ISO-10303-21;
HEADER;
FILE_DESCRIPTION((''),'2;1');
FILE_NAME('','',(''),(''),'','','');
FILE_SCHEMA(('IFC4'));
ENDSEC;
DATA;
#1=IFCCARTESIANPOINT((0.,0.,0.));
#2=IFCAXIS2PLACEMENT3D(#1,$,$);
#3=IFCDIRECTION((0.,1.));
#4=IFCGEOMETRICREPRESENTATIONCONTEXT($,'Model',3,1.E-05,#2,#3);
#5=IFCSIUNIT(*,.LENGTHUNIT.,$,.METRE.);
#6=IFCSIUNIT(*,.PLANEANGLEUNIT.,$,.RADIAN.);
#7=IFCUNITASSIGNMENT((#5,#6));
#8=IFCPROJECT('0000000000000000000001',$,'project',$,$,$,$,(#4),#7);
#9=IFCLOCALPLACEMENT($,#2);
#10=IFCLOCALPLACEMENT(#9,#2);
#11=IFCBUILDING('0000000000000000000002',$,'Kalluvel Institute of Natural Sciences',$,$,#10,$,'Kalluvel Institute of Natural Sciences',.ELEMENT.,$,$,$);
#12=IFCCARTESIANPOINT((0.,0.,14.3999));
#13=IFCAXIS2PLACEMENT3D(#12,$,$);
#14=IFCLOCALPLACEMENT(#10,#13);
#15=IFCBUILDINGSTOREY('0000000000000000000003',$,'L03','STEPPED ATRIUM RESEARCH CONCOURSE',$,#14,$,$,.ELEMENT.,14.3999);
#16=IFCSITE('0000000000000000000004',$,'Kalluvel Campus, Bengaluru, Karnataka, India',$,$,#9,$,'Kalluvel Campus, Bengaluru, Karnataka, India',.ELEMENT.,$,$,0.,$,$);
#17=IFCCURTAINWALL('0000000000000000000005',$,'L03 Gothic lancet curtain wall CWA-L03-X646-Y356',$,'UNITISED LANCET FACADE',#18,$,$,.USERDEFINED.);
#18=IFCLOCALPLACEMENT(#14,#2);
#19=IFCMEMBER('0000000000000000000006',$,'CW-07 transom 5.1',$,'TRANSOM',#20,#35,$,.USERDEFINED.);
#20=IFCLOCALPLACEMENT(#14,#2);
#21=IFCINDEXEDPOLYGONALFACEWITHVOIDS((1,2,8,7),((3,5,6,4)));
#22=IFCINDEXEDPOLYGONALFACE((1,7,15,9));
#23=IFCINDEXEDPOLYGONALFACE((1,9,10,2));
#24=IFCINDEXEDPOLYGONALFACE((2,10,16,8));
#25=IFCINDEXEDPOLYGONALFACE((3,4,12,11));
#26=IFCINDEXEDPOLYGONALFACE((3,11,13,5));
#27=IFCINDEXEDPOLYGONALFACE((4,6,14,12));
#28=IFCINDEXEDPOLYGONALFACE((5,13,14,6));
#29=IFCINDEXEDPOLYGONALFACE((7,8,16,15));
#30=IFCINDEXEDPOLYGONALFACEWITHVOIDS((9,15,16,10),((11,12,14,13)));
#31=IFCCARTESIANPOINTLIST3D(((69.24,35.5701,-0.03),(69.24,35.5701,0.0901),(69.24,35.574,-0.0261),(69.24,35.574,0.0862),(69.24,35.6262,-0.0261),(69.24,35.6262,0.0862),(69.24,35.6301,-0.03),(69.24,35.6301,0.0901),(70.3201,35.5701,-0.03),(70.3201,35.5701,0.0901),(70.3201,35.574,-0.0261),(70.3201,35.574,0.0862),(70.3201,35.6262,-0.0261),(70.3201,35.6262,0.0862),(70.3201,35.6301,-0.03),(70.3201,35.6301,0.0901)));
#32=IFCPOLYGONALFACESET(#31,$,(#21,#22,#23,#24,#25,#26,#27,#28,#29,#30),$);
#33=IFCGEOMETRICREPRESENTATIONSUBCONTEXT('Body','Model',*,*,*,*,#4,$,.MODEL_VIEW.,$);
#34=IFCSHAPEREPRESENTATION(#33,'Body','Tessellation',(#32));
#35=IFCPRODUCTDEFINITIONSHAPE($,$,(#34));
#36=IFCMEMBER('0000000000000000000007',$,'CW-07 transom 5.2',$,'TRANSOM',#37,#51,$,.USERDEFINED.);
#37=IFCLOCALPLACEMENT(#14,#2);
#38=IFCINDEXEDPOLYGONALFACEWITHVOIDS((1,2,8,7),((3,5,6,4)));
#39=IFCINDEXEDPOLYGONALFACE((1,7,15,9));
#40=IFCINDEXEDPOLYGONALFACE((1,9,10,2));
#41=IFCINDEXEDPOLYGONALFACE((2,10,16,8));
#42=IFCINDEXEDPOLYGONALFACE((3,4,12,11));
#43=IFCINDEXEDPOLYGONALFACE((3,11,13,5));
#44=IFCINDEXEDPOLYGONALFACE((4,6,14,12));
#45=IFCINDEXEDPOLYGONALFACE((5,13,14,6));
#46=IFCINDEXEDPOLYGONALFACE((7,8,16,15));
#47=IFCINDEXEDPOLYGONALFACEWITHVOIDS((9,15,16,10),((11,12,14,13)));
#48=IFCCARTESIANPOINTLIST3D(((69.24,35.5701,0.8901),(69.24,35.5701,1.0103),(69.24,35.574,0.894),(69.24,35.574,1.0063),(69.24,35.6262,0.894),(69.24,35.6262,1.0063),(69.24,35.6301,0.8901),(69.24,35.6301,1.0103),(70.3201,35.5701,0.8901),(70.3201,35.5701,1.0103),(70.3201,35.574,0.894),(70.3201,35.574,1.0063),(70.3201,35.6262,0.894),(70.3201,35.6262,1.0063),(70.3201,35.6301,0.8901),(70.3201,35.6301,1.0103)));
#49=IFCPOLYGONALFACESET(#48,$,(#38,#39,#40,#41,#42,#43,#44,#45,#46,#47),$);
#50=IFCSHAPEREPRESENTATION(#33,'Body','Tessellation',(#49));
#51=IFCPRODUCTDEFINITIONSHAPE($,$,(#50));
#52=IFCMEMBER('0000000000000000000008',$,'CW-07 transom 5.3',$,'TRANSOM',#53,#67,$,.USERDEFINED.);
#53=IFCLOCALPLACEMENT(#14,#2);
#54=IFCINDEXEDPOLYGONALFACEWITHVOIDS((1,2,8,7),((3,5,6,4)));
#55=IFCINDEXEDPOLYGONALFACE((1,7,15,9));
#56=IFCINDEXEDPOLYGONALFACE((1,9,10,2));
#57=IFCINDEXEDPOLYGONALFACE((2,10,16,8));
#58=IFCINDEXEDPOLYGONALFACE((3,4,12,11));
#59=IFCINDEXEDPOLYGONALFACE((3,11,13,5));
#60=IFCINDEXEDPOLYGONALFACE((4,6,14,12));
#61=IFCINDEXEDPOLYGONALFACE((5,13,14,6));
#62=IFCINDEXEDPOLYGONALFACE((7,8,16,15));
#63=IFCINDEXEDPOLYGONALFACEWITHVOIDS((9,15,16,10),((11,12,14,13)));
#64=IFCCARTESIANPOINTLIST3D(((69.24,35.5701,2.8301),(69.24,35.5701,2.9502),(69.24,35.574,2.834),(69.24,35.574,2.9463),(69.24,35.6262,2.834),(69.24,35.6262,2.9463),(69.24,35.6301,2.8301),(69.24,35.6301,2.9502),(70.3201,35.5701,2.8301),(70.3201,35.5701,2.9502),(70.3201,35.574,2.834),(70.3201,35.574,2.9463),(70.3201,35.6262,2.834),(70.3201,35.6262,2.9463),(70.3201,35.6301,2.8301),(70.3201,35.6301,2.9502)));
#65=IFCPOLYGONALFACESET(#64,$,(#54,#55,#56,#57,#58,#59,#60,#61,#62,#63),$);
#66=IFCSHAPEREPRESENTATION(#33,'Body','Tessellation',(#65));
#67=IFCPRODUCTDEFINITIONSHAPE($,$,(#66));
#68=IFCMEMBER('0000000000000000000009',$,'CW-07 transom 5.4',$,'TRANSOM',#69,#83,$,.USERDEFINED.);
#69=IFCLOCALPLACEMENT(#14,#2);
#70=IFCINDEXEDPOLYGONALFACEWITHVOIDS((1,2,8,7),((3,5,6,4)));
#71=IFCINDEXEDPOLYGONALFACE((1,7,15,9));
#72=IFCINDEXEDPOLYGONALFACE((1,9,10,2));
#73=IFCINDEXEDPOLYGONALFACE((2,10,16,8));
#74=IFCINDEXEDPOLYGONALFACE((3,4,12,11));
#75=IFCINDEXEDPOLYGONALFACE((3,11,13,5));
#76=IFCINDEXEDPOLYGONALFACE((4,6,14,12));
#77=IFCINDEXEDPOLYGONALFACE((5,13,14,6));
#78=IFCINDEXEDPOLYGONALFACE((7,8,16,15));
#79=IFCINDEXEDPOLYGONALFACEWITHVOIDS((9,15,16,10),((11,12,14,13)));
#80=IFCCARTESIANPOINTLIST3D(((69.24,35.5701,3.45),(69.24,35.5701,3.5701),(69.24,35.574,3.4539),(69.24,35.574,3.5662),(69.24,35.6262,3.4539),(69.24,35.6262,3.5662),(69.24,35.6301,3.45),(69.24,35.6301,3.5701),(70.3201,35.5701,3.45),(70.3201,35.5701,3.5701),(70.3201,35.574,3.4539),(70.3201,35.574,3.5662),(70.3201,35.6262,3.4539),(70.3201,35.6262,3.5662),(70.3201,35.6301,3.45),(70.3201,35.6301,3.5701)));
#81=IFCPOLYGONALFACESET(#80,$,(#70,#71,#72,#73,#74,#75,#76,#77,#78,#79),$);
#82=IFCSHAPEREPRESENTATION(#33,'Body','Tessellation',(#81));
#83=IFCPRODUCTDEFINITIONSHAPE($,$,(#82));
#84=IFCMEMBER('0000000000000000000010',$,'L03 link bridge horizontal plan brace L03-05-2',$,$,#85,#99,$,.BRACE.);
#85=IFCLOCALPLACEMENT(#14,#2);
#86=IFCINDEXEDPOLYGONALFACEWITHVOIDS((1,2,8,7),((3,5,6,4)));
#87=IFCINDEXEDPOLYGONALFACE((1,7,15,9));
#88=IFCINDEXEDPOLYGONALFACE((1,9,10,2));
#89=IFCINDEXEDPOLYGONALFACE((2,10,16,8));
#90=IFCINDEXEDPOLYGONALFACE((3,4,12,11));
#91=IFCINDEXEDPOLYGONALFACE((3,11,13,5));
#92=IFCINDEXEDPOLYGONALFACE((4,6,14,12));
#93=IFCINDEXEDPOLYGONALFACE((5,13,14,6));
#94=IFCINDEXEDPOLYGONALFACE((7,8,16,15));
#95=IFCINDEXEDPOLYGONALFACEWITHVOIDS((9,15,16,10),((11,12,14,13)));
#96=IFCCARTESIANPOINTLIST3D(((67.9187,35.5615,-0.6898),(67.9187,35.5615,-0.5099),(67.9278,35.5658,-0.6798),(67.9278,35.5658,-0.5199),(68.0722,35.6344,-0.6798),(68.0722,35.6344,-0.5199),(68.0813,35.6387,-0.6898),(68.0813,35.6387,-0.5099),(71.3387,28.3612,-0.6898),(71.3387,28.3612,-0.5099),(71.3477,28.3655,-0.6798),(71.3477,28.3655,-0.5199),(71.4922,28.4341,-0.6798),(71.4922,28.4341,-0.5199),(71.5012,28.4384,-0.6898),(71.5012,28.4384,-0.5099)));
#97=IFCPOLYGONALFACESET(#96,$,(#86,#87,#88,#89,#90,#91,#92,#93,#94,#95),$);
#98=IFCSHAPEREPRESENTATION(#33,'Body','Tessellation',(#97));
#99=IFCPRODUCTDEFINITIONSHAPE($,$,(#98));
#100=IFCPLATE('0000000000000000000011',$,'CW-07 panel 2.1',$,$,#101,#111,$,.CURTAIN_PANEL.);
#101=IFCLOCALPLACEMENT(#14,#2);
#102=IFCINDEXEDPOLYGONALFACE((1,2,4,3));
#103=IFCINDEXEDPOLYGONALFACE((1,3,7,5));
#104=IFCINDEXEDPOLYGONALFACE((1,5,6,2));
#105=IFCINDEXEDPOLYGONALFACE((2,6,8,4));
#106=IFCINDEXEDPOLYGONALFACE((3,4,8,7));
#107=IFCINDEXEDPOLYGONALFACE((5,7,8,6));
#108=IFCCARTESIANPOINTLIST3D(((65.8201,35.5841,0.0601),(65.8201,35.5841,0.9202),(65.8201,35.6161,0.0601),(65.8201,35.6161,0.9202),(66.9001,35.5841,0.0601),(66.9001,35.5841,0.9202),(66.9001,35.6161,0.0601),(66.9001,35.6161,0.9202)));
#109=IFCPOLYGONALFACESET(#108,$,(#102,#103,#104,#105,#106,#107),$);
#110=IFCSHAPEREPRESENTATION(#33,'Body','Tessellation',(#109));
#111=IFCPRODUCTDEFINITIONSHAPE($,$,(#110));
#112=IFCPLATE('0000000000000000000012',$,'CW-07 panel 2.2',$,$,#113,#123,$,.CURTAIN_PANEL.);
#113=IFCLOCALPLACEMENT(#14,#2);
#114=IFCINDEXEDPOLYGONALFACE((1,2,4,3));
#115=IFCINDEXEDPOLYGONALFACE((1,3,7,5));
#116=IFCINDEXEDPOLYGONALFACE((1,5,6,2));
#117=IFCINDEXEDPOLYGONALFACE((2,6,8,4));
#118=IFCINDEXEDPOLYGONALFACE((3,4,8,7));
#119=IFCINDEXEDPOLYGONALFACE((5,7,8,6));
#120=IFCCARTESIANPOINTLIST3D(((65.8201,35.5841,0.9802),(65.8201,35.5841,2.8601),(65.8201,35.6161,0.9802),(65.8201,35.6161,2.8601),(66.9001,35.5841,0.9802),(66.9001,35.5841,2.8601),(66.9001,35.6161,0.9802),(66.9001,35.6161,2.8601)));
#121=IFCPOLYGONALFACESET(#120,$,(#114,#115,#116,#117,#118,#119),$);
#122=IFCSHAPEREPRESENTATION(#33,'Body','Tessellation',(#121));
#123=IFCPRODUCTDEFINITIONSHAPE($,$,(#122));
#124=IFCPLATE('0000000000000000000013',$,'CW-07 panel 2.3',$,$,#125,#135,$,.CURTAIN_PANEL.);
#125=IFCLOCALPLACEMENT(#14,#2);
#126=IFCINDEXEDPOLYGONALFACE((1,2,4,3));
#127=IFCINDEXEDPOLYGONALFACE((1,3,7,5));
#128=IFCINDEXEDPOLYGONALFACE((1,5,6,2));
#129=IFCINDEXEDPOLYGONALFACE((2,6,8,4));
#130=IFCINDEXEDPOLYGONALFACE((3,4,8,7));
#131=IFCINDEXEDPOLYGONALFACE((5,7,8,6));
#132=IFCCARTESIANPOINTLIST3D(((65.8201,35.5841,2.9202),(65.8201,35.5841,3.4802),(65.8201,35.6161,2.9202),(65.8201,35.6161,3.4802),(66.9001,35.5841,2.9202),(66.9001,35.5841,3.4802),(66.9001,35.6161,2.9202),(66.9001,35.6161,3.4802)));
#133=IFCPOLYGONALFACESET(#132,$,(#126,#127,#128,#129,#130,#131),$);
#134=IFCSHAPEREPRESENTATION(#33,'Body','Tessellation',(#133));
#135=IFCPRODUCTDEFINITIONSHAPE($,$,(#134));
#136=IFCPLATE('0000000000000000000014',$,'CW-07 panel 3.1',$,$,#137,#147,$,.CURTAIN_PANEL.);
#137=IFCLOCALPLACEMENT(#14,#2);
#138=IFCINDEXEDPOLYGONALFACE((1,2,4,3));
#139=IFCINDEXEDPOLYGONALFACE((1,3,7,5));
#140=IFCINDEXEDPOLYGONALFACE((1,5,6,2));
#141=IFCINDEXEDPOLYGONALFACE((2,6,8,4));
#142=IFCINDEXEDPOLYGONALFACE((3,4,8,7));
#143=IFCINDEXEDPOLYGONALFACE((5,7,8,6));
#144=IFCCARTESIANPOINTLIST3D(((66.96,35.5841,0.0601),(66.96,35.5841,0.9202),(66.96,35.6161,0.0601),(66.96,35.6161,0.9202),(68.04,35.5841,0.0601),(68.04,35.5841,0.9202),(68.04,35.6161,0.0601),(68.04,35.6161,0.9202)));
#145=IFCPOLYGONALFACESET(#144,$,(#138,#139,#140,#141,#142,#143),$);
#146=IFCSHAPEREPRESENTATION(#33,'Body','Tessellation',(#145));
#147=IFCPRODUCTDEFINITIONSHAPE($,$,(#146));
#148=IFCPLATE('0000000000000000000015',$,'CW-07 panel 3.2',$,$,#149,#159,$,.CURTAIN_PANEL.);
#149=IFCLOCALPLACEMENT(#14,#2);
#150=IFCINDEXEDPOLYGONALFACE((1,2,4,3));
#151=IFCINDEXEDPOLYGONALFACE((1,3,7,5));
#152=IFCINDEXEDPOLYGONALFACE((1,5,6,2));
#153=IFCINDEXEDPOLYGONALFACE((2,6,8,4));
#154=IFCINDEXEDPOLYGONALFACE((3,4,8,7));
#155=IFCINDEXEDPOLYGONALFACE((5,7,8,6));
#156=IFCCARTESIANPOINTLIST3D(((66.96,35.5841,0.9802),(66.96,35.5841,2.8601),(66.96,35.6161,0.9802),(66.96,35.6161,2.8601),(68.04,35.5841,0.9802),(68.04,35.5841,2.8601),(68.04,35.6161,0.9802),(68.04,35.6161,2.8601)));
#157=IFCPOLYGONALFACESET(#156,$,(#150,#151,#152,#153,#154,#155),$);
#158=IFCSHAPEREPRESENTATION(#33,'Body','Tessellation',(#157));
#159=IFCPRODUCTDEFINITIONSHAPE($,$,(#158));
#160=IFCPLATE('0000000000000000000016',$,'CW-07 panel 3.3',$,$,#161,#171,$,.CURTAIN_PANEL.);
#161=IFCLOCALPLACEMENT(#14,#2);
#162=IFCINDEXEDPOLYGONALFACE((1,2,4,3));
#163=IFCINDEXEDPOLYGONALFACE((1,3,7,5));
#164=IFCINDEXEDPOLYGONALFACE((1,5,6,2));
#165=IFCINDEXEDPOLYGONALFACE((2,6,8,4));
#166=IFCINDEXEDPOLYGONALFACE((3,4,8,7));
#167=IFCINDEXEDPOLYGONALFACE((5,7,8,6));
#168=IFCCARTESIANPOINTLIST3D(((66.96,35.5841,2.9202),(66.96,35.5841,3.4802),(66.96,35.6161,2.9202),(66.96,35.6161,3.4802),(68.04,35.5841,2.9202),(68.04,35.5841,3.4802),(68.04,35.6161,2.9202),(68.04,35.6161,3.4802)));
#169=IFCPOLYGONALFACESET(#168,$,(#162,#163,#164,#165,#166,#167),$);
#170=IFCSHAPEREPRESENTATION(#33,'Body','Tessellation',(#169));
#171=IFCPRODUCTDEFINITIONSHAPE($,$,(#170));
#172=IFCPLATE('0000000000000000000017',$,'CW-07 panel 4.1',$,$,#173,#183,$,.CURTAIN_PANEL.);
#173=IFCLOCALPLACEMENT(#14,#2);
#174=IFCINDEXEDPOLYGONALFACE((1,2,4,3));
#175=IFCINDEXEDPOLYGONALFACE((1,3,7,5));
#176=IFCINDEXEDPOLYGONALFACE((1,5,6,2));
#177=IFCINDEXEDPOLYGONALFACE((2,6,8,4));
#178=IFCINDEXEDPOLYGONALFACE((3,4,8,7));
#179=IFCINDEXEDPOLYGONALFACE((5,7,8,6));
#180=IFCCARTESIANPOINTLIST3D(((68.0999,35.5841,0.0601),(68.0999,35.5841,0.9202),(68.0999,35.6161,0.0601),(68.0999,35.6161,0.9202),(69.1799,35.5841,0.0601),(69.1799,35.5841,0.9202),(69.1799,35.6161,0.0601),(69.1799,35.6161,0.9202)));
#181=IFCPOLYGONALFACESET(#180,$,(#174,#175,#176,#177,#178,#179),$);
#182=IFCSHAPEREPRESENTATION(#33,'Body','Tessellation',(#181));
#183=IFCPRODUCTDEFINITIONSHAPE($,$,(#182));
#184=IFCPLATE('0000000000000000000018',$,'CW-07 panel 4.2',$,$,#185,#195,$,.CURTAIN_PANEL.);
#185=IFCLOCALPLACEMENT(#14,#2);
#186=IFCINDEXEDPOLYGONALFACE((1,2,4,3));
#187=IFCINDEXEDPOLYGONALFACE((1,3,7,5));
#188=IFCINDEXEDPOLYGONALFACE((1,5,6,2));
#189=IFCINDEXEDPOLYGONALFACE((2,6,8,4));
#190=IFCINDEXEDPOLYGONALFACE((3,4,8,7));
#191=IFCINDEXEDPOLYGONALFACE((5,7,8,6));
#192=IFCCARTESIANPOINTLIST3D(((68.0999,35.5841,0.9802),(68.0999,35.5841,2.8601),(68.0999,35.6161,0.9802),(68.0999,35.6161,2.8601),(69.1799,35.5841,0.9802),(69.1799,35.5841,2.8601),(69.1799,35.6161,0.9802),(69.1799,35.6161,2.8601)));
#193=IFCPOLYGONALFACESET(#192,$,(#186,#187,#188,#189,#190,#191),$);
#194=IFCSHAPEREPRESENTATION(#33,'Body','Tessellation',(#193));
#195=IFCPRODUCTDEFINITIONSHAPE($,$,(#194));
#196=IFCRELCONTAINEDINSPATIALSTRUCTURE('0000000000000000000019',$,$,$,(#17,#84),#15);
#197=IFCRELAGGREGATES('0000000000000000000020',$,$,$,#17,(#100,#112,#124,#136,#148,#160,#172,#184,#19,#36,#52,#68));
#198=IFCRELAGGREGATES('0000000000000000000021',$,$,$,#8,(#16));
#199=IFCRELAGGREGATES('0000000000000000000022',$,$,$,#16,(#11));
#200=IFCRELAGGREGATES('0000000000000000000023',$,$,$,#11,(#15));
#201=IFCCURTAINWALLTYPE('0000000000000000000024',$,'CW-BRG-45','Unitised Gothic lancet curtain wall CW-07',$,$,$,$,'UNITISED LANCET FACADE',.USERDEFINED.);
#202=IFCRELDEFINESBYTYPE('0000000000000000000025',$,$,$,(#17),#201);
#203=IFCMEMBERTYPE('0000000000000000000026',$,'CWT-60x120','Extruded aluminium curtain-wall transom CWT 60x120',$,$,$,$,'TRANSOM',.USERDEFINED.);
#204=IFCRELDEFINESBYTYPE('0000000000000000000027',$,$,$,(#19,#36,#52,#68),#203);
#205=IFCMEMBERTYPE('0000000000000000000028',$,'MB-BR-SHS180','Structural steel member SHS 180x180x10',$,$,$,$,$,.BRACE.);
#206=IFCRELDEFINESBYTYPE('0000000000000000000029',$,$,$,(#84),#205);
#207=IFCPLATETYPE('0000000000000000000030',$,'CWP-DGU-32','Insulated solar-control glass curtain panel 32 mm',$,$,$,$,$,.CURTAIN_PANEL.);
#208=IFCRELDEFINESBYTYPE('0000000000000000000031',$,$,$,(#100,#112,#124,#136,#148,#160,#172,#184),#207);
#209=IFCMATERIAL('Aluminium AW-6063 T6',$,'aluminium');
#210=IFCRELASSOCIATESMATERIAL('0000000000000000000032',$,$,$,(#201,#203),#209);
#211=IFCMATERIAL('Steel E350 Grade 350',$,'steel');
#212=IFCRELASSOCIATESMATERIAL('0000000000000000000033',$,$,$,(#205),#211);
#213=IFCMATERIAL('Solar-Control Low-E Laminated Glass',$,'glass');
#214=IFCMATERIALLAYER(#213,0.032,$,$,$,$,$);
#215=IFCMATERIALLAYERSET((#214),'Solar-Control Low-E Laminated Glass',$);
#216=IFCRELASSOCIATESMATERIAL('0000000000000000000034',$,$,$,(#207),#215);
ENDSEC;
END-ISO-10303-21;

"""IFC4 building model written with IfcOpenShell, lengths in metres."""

from ifc_helpers import new_model, si_unit, direction, frame, origin, origin_2d, place, context, subcontext, project, spatial, rectangle, hollow_rectangle, extrude, material, layer, layer_set, material_profile, profile_set, type_object, element, aggregate, save


model = new_model("IFC4")

# Units and contexts
model_context = context("Model", 3, precision=1e-05, world=origin(), true_north=direction((0.0, 1.0)))
body_context = subcontext(model_context, "Body", "Model", "MODEL_VIEW")
ifc_project = project(units=[si_unit("LENGTHUNIT", "METRE"), si_unit("PLANEANGLEUNIT", "RADIAN")], contexts=[model_context])

# Site, building, storey
site_placement = place(None, origin())
site = spatial("IfcSite", under=ifc_project, at=site_placement, Name="Kalluvel Campus, Bengaluru, Karnataka, India", LongName="Kalluvel Campus, Bengaluru, Karnataka, India", CompositionType="ELEMENT", RefElevation=0.0)
building_placement = place(site_placement, origin())
building = spatial("IfcBuilding", under=site, at=building_placement, Name="Kalluvel Institute of Natural Sciences", LongName="Kalluvel Institute of Natural Sciences", CompositionType="ELEMENT")
storey_placement = place(building_placement, frame((0.0, 0.0, 14.3999)))
storey = spatial("IfcBuildingStorey", under=building, at=storey_placement, Name="L03", Description="STEPPED ATRIUM RESEARCH CONCOURSE", CompositionType="ELEMENT", Elevation=14.3999)

# Curtain wall, members
ifc_material_1 = material(Name="Aluminium AW-6063 T6", Category="aluminium")
curtain_wall_type = type_object("IfcCurtainWallType", Name="CW-BRG-45", Description="Unitised Gothic lancet curtain wall CW-07", ElementType="UNITISED LANCET FACADE", PredefinedType="USERDEFINED", material=ifc_material_1)
curtain_wall_placement = place(storey_placement, origin())
curtain_wall = element("IfcCurtainWall", 1, at=curtain_wall_placement, inside=storey, type_object=curtain_wall_type, Name="L03 Gothic lancet curtain wall CWA-L03-X646-Y356", ObjectType="UNITISED LANCET FACADE", PredefinedType="USERDEFINED")
ifc_material_profile_1 = material_profile(ifc_material_1, hollow_rectangle(XDim=0.0601, YDim=0.1201, WallThickness=0.0039, at=origin_2d()), Name="CWT 60x120")
ifc_profile_set_1 = profile_set([ifc_material_profile_1], Name="Aluminium AW-6063 T6")
member_type_1 = type_object("IfcMemberType", Name="CWT-60x120", Description="Extruded aluminium curtain-wall transom CWT 60x120", ElementType="TRANSOM", PredefinedType="USERDEFINED", material=ifc_profile_set_1)
member_1_placement = place(storey_placement, frame((69.24, 35.6001, 0.03), z_axis=(1.0, 0.0, 0.0), x_axis=(0.0, 1.0, 0.0)))
member_1 = element("IfcMember", 2, at=member_1_placement, type_object=member_type_1, Name="CW-07 transom 5.1", ObjectType="TRANSOM", PredefinedType="USERDEFINED", context=body_context, shape_type="SweptSolid", body=[
    extrude(hollow_rectangle(XDim=0.0601, YDim=0.1201, WallThickness=0.0039, at=origin_2d()), origin(), (0.0, 0.0, 1.0), 1.0801),
])
member_2_placement = place(storey_placement, frame((69.24, 35.6001, 0.9502), z_axis=(1.0, 0.0, 0.0), x_axis=(0.0, 1.0, 0.0)))
member_2 = element("IfcMember", 3, at=member_2_placement, type_object=member_type_1, Name="CW-07 transom 5.2", ObjectType="TRANSOM", PredefinedType="USERDEFINED", context=body_context, shape_type="SweptSolid", body=[
    extrude(hollow_rectangle(XDim=0.0601, YDim=0.1201, WallThickness=0.0039, at=origin_2d()), origin(), (0.0, 0.0, 1.0), 1.0801),
])
member_3_placement = place(storey_placement, frame((69.24, 35.6001, 2.8901), z_axis=(1.0, 0.0, 0.0), x_axis=(0.0, 1.0, 0.0)))
member_3 = element("IfcMember", 4, at=member_3_placement, type_object=member_type_1, Name="CW-07 transom 5.3", ObjectType="TRANSOM", PredefinedType="USERDEFINED", context=body_context, shape_type="SweptSolid", body=[
    extrude(hollow_rectangle(XDim=0.0601, YDim=0.1201, WallThickness=0.0039, at=origin_2d()), origin(), (0.0, 0.0, 1.0), 1.0801),
])
member_4_placement = place(storey_placement, frame((69.24, 35.6001, 3.51), z_axis=(1.0, 0.0, 0.0), x_axis=(0.0, 1.0, 0.0)))
member_4 = element("IfcMember", 5, at=member_4_placement, type_object=member_type_1, Name="CW-07 transom 5.4", ObjectType="TRANSOM", PredefinedType="USERDEFINED", context=body_context, shape_type="SweptSolid", body=[
    extrude(hollow_rectangle(XDim=0.0601, YDim=0.1201, WallThickness=0.0039, at=origin_2d()), origin(), (0.0, 0.0, 1.0), 1.0801),
])

# Member
ifc_material_2 = material(Name="Steel E350 Grade 350", Category="steel")
ifc_material_profile_2 = material_profile(ifc_material_2, hollow_rectangle(XDim=0.1799, YDim=0.1799, WallThickness=0.01, at=origin_2d()), Name="SHS 180x180x10")
ifc_profile_set_2 = profile_set([ifc_material_profile_2], Name="Steel E350 Grade 350")
member_type_2 = type_object("IfcMemberType", Name="MB-BR-SHS180", Description="Structural steel member SHS 180x180x10", PredefinedType="BRACE", material=ifc_profile_set_2)
member_5_placement = place(storey_placement, frame((68.0, 35.6001, -0.5999), z_axis=(0.429039, -0.903286, 0.0), x_axis=(0.903286, 0.429039, 0.0)))
element("IfcMember", 6, at=member_5_placement, inside=storey, type_object=member_type_2, Name="L03 link bridge horizontal plan brace L03-05-2", PredefinedType="BRACE", context=body_context, shape_type="SweptSolid", body=[
    extrude(hollow_rectangle(XDim=0.1799, YDim=0.1799, WallThickness=0.01, at=origin_2d()), origin(), (0.0, 0.0, 1.0), 7.9712),
])

# Plates
ifc_material_3 = material(Name="Solar-Control Low-E Laminated Glass", Category="glass")
ifc_layer_1 = layer(ifc_material_3, 0.032)
ifc_layer_set_1 = layer_set([ifc_layer_1], Name="Solar-Control Low-E Laminated Glass")
plate_type_1 = type_object("IfcPlateType", Name="CWP-DGU-32", Description="Insulated solar-control glass curtain panel 32 mm", PredefinedType="CURTAIN_PANEL", material=ifc_layer_set_1)
plate_1_placement = place(storey_placement, frame((66.3601, 35.6001, 0.0601), z_axis=(0.0, 0.0, 1.0), x_axis=(1.0, 0.0, 0.0)))
plate_1 = element("IfcPlate", 7, at=plate_1_placement, type_object=plate_type_1, Name="CW-07 panel 2.1", PredefinedType="CURTAIN_PANEL", context=body_context, shape_type="SweptSolid", body=[
    extrude(rectangle(XDim=1.0801, YDim=0.032, at=origin_2d()), origin(), (0.0, 0.0, 1.0), 0.8601),
])
plate_2_placement = place(storey_placement, frame((66.3601, 35.6001, 0.9802), z_axis=(0.0, 0.0, 1.0), x_axis=(1.0, 0.0, 0.0)))
plate_2 = element("IfcPlate", 8, at=plate_2_placement, type_object=plate_type_1, Name="CW-07 panel 2.2", PredefinedType="CURTAIN_PANEL", context=body_context, shape_type="SweptSolid", body=[
    extrude(rectangle(XDim=1.0801, YDim=0.032, at=origin_2d()), origin(), (0.0, 0.0, 1.0), 1.8799),
])
plate_3_placement = place(storey_placement, frame((66.3601, 35.6001, 2.9202), z_axis=(0.0, 0.0, 1.0), x_axis=(1.0, 0.0, 0.0)))
plate_3 = element("IfcPlate", 9, at=plate_3_placement, type_object=plate_type_1, Name="CW-07 panel 2.3", PredefinedType="CURTAIN_PANEL", context=body_context, shape_type="SweptSolid", body=[
    extrude(rectangle(XDim=1.0801, YDim=0.032, at=origin_2d()), origin(), (0.0, 0.0, 1.0), 0.5601),
])
plate_4_placement = place(storey_placement, frame((67.5, 35.6001, 0.0601), z_axis=(0.0, 0.0, 1.0), x_axis=(1.0, 0.0, 0.0)))
plate_4 = element("IfcPlate", 10, at=plate_4_placement, type_object=plate_type_1, Name="CW-07 panel 3.1", PredefinedType="CURTAIN_PANEL", context=body_context, shape_type="SweptSolid", body=[
    extrude(rectangle(XDim=1.0801, YDim=0.032, at=origin_2d()), origin(), (0.0, 0.0, 1.0), 0.8601),
])
plate_5_placement = place(storey_placement, frame((67.5, 35.6001, 0.9802), z_axis=(0.0, 0.0, 1.0), x_axis=(1.0, 0.0, 0.0)))
plate_5 = element("IfcPlate", 11, at=plate_5_placement, type_object=plate_type_1, Name="CW-07 panel 3.2", PredefinedType="CURTAIN_PANEL", context=body_context, shape_type="SweptSolid", body=[
    extrude(rectangle(XDim=1.0801, YDim=0.032, at=origin_2d()), origin(), (0.0, 0.0, 1.0), 1.8799),
])
plate_6_placement = place(storey_placement, frame((67.5, 35.6001, 2.9202), z_axis=(0.0, 0.0, 1.0), x_axis=(1.0, 0.0, 0.0)))
plate_6 = element("IfcPlate", 12, at=plate_6_placement, type_object=plate_type_1, Name="CW-07 panel 3.3", PredefinedType="CURTAIN_PANEL", context=body_context, shape_type="SweptSolid", body=[
    extrude(rectangle(XDim=1.0801, YDim=0.032, at=origin_2d()), origin(), (0.0, 0.0, 1.0), 0.5601),
])
plate_7_placement = place(storey_placement, frame((68.6399, 35.6001, 0.0601), z_axis=(0.0, 0.0, 1.0), x_axis=(1.0, 0.0, 0.0)))
plate_7 = element("IfcPlate", 13, at=plate_7_placement, type_object=plate_type_1, Name="CW-07 panel 4.1", PredefinedType="CURTAIN_PANEL", context=body_context, shape_type="SweptSolid", body=[
    extrude(rectangle(XDim=1.0801, YDim=0.032, at=origin_2d()), origin(), (0.0, 0.0, 1.0), 0.8601),
])
plate_8_placement = place(storey_placement, frame((68.6399, 35.6001, 0.9802), z_axis=(0.0, 0.0, 1.0), x_axis=(1.0, 0.0, 0.0)))
plate_8 = element("IfcPlate", 14, at=plate_8_placement, type_object=plate_type_1, Name="CW-07 panel 4.2", PredefinedType="CURTAIN_PANEL", context=body_context, shape_type="SweptSolid", body=[
    extrude(rectangle(XDim=1.0801, YDim=0.032, at=origin_2d()), origin(), (0.0, 0.0, 1.0), 1.8799),
])
aggregate(curtain_wall, [plate_1, plate_2, plate_3, plate_4, plate_5, plate_6, plate_7, plate_8, member_1, member_2, member_3, member_4])

save(model, "model.ifc")
